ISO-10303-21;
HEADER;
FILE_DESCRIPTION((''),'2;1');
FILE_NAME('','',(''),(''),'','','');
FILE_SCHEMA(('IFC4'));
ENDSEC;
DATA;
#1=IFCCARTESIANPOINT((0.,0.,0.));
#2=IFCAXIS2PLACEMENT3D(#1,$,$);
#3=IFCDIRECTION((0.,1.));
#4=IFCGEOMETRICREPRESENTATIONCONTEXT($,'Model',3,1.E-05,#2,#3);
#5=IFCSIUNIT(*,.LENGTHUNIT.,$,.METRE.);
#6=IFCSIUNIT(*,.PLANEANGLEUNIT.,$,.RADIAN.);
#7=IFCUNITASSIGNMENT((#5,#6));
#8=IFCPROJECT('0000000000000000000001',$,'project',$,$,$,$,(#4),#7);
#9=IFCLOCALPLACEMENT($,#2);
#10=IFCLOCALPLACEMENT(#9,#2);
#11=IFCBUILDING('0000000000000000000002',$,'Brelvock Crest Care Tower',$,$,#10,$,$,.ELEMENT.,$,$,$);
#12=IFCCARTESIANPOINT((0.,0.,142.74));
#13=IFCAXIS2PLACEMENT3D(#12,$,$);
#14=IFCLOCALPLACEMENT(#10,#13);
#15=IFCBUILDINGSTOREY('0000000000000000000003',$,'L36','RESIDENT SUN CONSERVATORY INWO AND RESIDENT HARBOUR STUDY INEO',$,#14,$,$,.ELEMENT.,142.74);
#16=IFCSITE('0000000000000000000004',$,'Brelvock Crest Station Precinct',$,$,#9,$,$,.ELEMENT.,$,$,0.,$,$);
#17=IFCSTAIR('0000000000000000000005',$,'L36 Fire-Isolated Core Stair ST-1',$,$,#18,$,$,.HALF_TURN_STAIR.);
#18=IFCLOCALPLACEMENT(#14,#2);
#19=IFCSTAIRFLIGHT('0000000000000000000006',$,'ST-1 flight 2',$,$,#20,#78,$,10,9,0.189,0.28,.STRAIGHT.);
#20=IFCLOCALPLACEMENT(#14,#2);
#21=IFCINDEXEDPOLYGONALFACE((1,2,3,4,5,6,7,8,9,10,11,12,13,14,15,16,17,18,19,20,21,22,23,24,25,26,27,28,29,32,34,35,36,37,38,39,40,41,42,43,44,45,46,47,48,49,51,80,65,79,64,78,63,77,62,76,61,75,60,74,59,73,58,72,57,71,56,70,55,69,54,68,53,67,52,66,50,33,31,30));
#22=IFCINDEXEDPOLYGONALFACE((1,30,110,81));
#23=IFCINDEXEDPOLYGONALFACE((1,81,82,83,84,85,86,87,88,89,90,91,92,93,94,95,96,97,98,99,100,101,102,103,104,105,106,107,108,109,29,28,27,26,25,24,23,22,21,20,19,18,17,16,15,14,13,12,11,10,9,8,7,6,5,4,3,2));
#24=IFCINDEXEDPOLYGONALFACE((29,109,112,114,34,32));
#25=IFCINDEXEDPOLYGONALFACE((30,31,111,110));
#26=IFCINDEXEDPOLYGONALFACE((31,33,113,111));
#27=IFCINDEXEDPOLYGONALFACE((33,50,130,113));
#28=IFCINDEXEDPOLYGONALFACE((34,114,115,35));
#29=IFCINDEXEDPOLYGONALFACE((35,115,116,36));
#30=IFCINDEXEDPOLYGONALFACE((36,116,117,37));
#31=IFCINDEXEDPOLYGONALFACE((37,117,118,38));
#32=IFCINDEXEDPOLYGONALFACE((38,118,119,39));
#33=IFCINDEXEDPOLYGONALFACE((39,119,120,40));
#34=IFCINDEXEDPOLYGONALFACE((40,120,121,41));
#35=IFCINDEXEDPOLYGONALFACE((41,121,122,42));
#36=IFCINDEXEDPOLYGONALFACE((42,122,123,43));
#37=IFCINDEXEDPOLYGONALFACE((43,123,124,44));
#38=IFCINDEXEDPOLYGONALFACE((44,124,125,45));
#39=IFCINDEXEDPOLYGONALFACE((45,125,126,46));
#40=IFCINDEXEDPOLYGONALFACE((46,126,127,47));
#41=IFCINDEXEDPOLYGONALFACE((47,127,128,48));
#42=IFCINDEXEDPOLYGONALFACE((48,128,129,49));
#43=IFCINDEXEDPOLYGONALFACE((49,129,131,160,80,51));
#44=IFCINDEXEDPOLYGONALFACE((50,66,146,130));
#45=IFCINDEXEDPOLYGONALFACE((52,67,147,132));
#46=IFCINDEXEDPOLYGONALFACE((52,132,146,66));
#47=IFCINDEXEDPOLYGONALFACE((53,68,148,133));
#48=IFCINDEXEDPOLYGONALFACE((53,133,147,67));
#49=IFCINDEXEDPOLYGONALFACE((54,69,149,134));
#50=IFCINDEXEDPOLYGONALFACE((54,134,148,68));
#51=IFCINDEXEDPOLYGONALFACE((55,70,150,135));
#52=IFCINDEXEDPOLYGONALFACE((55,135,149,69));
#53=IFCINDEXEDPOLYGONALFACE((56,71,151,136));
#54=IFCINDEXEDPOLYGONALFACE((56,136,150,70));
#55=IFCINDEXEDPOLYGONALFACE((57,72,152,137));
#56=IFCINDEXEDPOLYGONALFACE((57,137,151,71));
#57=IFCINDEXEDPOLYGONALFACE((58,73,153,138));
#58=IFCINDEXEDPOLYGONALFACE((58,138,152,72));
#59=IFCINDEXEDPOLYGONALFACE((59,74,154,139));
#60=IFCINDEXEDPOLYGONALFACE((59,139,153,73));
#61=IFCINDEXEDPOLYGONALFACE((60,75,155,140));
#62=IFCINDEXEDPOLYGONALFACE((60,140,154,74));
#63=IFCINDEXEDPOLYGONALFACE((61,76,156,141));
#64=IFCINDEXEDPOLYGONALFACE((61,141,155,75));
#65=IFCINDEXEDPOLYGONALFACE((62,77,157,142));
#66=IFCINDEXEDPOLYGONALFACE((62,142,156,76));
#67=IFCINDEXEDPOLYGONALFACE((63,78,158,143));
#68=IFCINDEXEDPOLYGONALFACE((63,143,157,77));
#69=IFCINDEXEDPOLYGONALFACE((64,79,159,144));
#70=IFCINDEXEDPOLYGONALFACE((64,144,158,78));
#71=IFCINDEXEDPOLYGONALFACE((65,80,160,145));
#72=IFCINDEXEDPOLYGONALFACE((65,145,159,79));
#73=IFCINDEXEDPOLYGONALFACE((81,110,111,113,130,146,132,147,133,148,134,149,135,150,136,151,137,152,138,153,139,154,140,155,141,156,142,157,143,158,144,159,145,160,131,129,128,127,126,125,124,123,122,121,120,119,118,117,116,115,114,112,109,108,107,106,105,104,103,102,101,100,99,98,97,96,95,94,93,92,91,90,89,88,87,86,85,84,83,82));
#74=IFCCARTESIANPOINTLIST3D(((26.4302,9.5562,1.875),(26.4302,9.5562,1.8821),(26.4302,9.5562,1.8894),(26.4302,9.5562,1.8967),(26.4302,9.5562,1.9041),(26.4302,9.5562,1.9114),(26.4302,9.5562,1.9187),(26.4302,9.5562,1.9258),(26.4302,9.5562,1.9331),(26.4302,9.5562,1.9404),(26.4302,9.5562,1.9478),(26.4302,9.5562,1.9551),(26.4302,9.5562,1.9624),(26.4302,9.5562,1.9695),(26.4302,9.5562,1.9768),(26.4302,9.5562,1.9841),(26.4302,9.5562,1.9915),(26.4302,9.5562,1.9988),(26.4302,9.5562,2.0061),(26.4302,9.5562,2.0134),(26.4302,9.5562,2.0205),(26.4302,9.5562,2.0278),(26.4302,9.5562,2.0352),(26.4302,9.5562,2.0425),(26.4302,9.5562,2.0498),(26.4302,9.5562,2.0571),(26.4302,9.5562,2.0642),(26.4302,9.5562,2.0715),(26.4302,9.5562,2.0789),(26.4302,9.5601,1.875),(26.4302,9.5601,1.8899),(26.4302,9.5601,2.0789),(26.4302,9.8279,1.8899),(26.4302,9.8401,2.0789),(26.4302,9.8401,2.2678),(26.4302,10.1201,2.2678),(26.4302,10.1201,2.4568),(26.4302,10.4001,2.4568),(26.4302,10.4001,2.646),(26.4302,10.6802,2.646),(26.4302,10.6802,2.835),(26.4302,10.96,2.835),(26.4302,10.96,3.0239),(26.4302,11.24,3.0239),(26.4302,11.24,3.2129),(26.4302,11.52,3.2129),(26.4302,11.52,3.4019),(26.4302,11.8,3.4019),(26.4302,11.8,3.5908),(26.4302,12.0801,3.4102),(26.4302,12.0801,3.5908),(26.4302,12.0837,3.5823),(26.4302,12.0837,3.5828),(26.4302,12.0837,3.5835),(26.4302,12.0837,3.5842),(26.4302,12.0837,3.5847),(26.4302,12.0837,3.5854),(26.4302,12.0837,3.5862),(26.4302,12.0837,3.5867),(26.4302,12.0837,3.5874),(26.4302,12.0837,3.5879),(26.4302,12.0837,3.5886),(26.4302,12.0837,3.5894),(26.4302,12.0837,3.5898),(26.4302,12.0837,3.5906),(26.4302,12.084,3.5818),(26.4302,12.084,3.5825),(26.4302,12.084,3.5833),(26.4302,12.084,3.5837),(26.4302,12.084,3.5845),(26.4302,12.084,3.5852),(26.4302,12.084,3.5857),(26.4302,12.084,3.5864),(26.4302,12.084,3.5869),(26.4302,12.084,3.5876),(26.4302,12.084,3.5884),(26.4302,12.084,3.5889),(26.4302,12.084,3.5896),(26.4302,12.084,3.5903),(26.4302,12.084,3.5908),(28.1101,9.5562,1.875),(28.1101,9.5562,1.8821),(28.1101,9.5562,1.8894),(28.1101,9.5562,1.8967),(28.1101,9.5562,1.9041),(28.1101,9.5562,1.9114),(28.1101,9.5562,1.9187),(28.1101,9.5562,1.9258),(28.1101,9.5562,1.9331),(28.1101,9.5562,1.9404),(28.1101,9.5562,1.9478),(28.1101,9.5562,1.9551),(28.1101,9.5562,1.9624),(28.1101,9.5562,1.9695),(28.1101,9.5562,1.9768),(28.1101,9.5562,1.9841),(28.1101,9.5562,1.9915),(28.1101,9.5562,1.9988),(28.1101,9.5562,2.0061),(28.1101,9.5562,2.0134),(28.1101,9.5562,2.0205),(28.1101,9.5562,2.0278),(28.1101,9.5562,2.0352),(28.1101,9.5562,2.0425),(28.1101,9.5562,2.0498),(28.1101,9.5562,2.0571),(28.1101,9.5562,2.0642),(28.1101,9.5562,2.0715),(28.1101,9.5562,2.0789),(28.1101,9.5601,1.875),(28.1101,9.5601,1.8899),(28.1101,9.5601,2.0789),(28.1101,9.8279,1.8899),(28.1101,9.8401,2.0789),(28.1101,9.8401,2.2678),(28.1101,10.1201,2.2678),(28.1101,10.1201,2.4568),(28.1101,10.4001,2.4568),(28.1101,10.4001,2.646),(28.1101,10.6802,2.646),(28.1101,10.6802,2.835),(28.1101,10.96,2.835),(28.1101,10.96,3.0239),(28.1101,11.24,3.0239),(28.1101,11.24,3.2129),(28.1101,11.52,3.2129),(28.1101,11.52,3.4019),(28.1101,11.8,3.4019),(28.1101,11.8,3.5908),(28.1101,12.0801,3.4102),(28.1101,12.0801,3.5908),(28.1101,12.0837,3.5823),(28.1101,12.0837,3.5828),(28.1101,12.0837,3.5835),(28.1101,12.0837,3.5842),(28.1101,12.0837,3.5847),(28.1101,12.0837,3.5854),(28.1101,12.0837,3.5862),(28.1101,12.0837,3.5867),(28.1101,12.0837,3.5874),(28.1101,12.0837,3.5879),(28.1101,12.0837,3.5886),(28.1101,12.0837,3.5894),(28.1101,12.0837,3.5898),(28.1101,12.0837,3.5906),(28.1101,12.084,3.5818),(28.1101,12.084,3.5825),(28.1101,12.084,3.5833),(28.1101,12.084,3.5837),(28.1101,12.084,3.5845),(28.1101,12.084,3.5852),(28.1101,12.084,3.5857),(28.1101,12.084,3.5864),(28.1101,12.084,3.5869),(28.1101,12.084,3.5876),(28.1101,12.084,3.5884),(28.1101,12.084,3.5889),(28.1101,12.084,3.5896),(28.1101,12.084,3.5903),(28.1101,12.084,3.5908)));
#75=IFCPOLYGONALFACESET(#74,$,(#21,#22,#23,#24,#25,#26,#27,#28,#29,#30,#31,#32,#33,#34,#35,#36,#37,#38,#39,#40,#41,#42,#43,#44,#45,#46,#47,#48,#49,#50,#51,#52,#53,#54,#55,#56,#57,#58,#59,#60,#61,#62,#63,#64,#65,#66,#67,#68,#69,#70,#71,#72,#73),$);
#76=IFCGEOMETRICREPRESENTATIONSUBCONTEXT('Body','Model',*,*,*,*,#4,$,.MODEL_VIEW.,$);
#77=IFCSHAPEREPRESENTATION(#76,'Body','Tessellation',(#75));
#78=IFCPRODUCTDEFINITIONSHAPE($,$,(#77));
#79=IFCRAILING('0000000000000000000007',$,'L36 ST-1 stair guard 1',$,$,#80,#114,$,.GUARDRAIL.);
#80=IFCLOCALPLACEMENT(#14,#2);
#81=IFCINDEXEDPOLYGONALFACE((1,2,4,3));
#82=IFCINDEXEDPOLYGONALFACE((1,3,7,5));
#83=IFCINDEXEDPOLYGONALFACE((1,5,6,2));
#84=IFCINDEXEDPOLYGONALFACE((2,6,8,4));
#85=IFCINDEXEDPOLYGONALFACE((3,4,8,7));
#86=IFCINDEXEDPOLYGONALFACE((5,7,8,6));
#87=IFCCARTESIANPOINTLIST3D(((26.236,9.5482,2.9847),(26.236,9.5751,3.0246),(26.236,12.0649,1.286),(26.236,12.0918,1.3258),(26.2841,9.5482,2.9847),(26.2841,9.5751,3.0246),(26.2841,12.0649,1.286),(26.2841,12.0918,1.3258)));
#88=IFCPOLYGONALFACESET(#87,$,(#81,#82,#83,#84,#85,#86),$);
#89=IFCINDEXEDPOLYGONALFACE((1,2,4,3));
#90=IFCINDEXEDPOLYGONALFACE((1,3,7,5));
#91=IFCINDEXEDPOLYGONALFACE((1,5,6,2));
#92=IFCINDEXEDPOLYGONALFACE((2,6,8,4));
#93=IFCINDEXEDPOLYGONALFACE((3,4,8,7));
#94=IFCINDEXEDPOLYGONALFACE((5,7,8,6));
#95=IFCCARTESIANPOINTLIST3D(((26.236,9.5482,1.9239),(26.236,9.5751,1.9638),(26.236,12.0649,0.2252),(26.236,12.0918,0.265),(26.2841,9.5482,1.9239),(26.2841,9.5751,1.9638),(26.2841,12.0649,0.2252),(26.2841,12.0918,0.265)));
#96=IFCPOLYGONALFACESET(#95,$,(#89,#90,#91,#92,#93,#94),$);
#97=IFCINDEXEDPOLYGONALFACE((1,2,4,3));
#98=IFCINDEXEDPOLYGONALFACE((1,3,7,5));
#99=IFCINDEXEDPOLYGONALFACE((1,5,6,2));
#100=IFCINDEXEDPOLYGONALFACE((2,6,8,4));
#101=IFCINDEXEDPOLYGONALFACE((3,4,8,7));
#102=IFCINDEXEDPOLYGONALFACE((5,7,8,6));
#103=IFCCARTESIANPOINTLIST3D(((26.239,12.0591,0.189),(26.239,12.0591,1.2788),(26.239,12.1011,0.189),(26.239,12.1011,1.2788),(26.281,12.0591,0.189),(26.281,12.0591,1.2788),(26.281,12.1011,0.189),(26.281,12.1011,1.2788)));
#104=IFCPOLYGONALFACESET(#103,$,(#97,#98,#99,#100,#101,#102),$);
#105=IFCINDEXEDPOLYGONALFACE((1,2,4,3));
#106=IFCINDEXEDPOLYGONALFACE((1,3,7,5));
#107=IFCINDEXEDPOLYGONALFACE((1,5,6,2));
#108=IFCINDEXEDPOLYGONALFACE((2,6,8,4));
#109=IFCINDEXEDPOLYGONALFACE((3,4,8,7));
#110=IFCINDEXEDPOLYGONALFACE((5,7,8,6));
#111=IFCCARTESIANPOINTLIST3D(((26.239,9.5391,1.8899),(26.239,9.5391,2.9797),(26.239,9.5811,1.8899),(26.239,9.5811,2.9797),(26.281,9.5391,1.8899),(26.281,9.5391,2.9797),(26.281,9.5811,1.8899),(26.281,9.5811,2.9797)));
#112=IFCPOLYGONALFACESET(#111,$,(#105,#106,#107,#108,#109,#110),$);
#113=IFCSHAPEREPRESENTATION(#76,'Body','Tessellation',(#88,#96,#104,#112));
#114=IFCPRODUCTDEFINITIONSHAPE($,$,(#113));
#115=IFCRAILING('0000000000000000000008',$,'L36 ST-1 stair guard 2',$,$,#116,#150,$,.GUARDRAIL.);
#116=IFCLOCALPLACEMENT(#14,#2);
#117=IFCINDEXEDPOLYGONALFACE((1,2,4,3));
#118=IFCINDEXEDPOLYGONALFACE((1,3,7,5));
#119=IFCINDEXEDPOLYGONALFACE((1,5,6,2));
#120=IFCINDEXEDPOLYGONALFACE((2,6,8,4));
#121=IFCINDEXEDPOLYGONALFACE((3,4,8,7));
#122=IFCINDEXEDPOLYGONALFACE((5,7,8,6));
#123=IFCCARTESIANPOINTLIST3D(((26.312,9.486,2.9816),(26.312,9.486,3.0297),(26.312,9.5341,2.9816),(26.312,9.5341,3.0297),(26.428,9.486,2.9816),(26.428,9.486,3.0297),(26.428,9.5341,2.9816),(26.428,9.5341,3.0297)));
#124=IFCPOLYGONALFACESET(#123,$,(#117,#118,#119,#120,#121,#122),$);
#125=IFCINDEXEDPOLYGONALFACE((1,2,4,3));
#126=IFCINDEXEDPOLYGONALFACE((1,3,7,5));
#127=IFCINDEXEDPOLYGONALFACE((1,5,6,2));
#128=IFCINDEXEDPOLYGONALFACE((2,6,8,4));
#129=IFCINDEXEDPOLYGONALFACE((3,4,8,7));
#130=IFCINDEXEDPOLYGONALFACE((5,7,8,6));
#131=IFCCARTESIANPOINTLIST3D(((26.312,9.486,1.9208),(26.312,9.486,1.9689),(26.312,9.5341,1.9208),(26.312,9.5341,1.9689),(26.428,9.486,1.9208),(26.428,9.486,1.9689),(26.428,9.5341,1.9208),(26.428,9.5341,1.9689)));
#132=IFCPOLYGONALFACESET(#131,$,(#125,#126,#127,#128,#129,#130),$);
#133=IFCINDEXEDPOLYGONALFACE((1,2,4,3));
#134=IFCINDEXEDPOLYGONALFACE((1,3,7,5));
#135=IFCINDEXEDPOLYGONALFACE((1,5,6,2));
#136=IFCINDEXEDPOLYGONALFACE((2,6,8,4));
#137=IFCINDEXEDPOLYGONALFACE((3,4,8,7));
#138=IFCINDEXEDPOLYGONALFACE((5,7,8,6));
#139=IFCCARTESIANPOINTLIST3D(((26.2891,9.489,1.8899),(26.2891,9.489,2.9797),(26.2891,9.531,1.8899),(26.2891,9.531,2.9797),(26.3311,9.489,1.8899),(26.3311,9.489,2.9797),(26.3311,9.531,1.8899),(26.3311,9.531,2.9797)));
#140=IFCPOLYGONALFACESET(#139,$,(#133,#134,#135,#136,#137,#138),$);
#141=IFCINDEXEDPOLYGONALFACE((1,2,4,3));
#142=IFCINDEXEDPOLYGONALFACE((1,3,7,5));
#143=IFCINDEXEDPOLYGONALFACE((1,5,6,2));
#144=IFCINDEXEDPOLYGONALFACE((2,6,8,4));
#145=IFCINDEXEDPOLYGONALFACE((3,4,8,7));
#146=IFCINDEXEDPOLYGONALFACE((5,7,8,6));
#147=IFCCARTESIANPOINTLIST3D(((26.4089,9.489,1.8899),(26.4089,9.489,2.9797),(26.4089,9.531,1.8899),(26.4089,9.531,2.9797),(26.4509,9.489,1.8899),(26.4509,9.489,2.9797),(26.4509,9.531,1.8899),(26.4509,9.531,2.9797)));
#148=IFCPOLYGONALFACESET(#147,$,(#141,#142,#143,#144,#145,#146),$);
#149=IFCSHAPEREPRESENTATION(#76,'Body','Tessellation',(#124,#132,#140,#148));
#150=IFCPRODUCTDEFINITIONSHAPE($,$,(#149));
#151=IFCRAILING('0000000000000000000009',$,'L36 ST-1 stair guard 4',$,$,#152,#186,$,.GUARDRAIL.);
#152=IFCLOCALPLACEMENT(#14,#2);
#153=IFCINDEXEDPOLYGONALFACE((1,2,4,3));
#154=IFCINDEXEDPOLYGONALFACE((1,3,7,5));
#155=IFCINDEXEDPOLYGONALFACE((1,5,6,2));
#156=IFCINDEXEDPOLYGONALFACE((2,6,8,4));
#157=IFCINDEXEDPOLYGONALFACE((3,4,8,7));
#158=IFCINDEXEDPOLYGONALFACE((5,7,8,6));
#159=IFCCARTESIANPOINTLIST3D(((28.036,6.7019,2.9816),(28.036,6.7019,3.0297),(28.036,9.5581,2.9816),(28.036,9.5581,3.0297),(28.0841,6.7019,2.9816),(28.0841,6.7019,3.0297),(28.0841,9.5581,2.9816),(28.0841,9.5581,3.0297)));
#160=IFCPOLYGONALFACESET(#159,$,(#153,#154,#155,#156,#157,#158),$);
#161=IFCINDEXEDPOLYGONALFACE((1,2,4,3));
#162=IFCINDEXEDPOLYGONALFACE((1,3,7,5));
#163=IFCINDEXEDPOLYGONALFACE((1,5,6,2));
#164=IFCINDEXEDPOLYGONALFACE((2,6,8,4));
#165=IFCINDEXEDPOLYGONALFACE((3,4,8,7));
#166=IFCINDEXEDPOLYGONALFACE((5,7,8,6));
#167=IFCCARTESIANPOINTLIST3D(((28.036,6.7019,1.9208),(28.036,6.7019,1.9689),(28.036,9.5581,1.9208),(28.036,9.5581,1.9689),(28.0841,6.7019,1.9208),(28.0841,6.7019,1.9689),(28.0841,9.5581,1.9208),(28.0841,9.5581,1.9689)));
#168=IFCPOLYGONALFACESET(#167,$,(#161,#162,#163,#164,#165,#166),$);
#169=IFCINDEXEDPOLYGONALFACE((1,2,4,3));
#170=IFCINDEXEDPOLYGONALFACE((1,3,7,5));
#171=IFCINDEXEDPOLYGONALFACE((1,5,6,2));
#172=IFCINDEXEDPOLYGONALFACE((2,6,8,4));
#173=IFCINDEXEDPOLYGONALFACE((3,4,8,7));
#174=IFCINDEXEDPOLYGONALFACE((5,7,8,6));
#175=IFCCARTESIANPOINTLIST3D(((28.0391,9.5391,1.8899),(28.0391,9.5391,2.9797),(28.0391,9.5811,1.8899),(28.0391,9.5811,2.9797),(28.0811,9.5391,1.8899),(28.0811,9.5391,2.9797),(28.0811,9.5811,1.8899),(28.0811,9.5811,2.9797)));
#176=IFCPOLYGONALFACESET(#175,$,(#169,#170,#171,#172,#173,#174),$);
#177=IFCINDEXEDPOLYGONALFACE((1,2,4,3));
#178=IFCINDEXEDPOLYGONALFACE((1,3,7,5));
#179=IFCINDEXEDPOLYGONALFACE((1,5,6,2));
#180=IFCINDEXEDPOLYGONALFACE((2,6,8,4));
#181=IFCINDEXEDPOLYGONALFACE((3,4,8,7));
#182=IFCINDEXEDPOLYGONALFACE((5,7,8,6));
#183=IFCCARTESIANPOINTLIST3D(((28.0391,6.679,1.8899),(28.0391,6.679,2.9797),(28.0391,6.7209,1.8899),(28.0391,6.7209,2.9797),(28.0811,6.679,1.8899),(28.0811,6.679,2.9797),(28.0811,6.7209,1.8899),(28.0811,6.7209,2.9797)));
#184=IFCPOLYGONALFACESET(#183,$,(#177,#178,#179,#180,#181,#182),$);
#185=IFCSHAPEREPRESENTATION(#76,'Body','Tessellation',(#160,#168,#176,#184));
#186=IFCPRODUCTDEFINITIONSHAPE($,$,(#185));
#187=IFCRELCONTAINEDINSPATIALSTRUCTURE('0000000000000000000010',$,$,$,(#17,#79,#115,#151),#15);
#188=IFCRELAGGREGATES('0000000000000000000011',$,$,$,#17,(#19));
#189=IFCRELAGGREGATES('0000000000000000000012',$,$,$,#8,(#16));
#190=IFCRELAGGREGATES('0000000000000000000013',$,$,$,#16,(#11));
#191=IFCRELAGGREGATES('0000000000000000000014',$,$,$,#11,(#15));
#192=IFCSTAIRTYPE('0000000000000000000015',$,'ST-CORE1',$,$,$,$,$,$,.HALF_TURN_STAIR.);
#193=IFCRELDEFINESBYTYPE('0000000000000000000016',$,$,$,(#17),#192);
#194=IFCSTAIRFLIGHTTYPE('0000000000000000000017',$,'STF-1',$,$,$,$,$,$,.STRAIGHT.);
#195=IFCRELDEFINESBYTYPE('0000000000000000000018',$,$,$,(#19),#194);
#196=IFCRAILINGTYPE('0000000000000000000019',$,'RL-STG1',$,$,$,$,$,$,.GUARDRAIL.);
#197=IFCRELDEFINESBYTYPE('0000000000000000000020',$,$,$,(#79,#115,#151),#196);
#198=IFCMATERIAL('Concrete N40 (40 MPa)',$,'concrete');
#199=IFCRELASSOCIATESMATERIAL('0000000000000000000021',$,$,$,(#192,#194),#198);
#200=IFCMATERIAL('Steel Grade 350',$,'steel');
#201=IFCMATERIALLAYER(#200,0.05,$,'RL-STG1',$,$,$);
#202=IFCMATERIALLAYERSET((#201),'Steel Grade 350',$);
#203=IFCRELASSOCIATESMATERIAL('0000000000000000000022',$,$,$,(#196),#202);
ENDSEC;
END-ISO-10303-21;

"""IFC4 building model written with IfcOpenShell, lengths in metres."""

from ifc_helpers import new_model, si_unit, direction, frame, origin, origin_2d, place, context, subcontext, project, spatial, polyline, rectangle, outline, extrude, material, layer, layer_set, type_object, element, aggregate, save


model = new_model("IFC4")

# Units and contexts
model_context = context("Model", 3, precision=1e-05, world=origin(), true_north=direction((0.0, 1.0)))
body_context = subcontext(model_context, "Body", "Model", "MODEL_VIEW")
ifc_project = project(units=[si_unit("LENGTHUNIT", "METRE"), si_unit("PLANEANGLEUNIT", "RADIAN")], contexts=[model_context])

# Site, building, storey
site_placement = place(None, origin())
site = spatial("IfcSite", under=ifc_project, at=site_placement, Name="Brelvock Crest Station Precinct", CompositionType="ELEMENT", RefElevation=0.0)
building_placement = place(site_placement, origin())
building = spatial("IfcBuilding", under=site, at=building_placement, Name="Brelvock Crest Care Tower", CompositionType="ELEMENT")
storey_placement = place(building_placement, frame((0.0, 0.0, 142.74)))
storey = spatial("IfcBuildingStorey", under=building, at=storey_placement, Name="L36", Description="RESIDENT SUN CONSERVATORY INWO AND RESIDENT HARBOUR STUDY INEO", CompositionType="ELEMENT", Elevation=142.74)

# Shared definitions
ifc_material_1 = material(Name="Steel Grade 350", Category="steel")

# Stair, stair flight
ifc_material_2 = material(Name="Concrete N40 (40 MPa)", Category="concrete")
stair_type = type_object("IfcStairType", Name="ST-CORE1", PredefinedType="HALF_TURN_STAIR", material=ifc_material_2)
stair_placement = place(storey_placement, origin())
stair = element("IfcStair", 1, at=stair_placement, inside=storey, type_object=stair_type, Name="L36 Fire-Isolated Core Stair ST-1", PredefinedType="HALF_TURN_STAIR")
stair_flight_type = type_object("IfcStairFlightType", Name="STF-1", PredefinedType="STRAIGHT", material=ifc_material_2)
stair_flight_1_placement = place(storey_placement, frame((27.27, 9.5601, 1.8899), z_axis=(0.0, 0.0, 1.0), x_axis=(0.0, 1.0, 0.0)))
stair_flight_1 = element("IfcStairFlight", 2, at=stair_flight_1_placement, type_object=stair_flight_type, Name="ST-1 flight 2", NumberOfRisers=10, NumberOfTreads=9, PredefinedType="STRAIGHT", RiserHeight=0.189, TreadLength=0.28, context=body_context, shape_type="SweptSolid", body=[
    extrude(outline(polyline([(-0.0039, -0.0149), (-0.0039, -0.0078), (-0.0039, -0.0005), (-0.0039, 0.0068), (-0.0039, 0.0142), (-0.0039, 0.0215), (-0.0039, 0.0288), (-0.0039, 0.0359), (-0.0039, 0.0432), (-0.0039, 0.0505), (-0.0039, 0.0579), (-0.0039, 0.0652), (-0.0039, 0.0725), (-0.0039, 0.0796), (-0.0039, 0.0869), (-0.0039, 0.0942), (-0.0039, 0.1016), (-0.0039, 0.1089), (-0.0039, 0.1162), (-0.0039, 0.1235), (-0.0039, 0.1306), (-0.0039, 0.1379), (-0.0039, 0.1453), (-0.0039, 0.1526), (-0.0039, 0.1599), (-0.0039, 0.1672), (-0.0039, 0.1743), (-0.0039, 0.1816), (-0.0039, 0.189), (0.0, 0.189), (0.28, 0.189), (0.28, 0.3779), (0.5601, 0.3779), (0.5601, 0.5669), (0.8401, 0.5669), (0.8401, 0.7561), (1.1201, 0.7561), (1.1201, 0.9451), (1.3999, 0.9451), (1.3999, 1.134), (1.6799, 1.134), (1.6799, 1.323), (1.96, 1.323), (1.96, 1.512), (2.24, 1.512), (2.24, 1.7009), (2.52, 1.7009), (2.5239, 1.7009), (2.5237, 1.7007), (2.5239, 1.7004), (2.5237, 1.7), (2.5239, 1.6997), (2.5237, 1.6995), (2.5239, 1.699), (2.5237, 1.6987), (2.5239, 1.6985), (2.5237, 1.698), (2.5239, 1.6978), (2.5237, 1.6975), (2.5239, 1.697), (2.5237, 1.6968), (2.5239, 1.6965), (2.5237, 1.6963), (2.5239, 1.6958), (2.5237, 1.6956), (2.5239, 1.6953), (2.5237, 1.6948), (2.5239, 1.6946), (2.5237, 1.6943), (2.5239, 1.6938), (2.5237, 1.6936), (2.5239, 1.6934), (2.5237, 1.6929), (2.5239, 1.6926), (2.5237, 1.6924), (2.5239, 1.6919), (2.52, 1.5203), (0.2678, 0.0), (0.0, 0.0), (0.0, -0.0149), (-0.0039, -0.0149)])), frame((0.0, 0.8398, 0.0), z_axis=(0.0, -1.0, 0.0), x_axis=(1.0, 0.0, 0.0)), (0.0, 0.0, 1.0), 1.6799),
])
aggregate(stair, [stair_flight_1])

# Railings
ifc_layer_1 = layer(ifc_material_1, 0.05, Name="RL-STG1")
ifc_layer_set_1 = layer_set([ifc_layer_1], Name="Steel Grade 350")
railing_type_1 = type_object("IfcRailingType", Name="RL-STG1", PredefinedType="GUARDRAIL", material=ifc_layer_set_1)
railing_1_placement = place(storey_placement, frame((26.26, 12.0801, 0.189)))
element("IfcRailing", 3, at=railing_1_placement, inside=storey, type_object=railing_type_1, Name="L36 ST-1 stair guard 1", PredefinedType="GUARDRAIL", context=body_context, shape_type="SweptSolid", body=[
    extrude(rectangle(XDim=0.0481, YDim=0.0481, at=origin_2d()), frame((0.0, -0.0017, 1.1169), z_axis=(0.0, -0.828862, 0.559454), x_axis=(1.0, 0.0, 0.0)), (0.0, 0.0, 1.0), 3.0364),
    extrude(rectangle(XDim=0.0481, YDim=0.0481, at=origin_2d()), frame((0.0, -0.0017, 0.0562), z_axis=(0.0, -0.828862, 0.559454), x_axis=(1.0, 0.0, 0.0)), (0.0, 0.0, 1.0), 3.0364),
    extrude(rectangle(XDim=0.042, YDim=0.042, at=origin_2d()), origin(), (0.0, 0.0, 1.0), 1.0898),
    extrude(rectangle(XDim=0.042, YDim=0.042, at=origin_2d()), frame((0.0, -2.52, 1.7009)), (0.0, 0.0, 1.0), 1.0898),
])
railing_2_placement = place(storey_placement, frame((26.3101, 9.51, 1.8899)))
element("IfcRailing", 4, at=railing_2_placement, inside=storey, type_object=railing_type_1, Name="L36 ST-1 stair guard 2", PredefinedType="GUARDRAIL", context=body_context, shape_type="SweptSolid", body=[
    extrude(rectangle(XDim=0.0481, YDim=0.0481, at=origin_2d()), frame((0.002, 0.0, 1.1157), z_axis=(1.0, 0.0, 0.0), x_axis=(0.0, 1.0, 0.0)), (0.0, 0.0, 1.0), 0.116),
    extrude(rectangle(XDim=0.0481, YDim=0.0481, at=origin_2d()), frame((0.002, 0.0, 0.0549), z_axis=(1.0, 0.0, 0.0), x_axis=(0.0, 1.0, 0.0)), (0.0, 0.0, 1.0), 0.116),
    extrude(rectangle(XDim=0.042, YDim=0.042, at=origin_2d()), origin(), (0.0, 0.0, 1.0), 1.0898),
    extrude(rectangle(XDim=0.042, YDim=0.042, at=origin_2d()), frame((0.1199, 0.0, 0.0)), (0.0, 0.0, 1.0), 1.0898),
])
railing_3_placement = place(storey_placement, frame((28.0601, 9.5601, 1.8899)))
element("IfcRailing", 5, at=railing_3_placement, inside=storey, type_object=railing_type_1, Name="L36 ST-1 stair guard 4", PredefinedType="GUARDRAIL", context=body_context, shape_type="SweptSolid", body=[
    extrude(rectangle(XDim=0.0481, YDim=0.0481, at=origin_2d()), frame((0.0, -0.002, 1.1157), z_axis=(0.0, -1.0, 0.0), x_axis=(1.0, 0.0, 0.0)), (0.0, 0.0, 1.0), 2.8562),
    extrude(rectangle(XDim=0.0481, YDim=0.0481, at=origin_2d()), frame((0.0, -0.002, 0.0549), z_axis=(0.0, -1.0, 0.0), x_axis=(1.0, 0.0, 0.0)), (0.0, 0.0, 1.0), 2.8562),
    extrude(rectangle(XDim=0.042, YDim=0.042, at=origin_2d()), origin(), (0.0, 0.0, 1.0), 1.0898),
    extrude(rectangle(XDim=0.042, YDim=0.042, at=origin_2d()), frame((0.0, -2.8601, 0.0)), (0.0, 0.0, 1.0), 1.0898),
])

save(model, "model.ifc")
